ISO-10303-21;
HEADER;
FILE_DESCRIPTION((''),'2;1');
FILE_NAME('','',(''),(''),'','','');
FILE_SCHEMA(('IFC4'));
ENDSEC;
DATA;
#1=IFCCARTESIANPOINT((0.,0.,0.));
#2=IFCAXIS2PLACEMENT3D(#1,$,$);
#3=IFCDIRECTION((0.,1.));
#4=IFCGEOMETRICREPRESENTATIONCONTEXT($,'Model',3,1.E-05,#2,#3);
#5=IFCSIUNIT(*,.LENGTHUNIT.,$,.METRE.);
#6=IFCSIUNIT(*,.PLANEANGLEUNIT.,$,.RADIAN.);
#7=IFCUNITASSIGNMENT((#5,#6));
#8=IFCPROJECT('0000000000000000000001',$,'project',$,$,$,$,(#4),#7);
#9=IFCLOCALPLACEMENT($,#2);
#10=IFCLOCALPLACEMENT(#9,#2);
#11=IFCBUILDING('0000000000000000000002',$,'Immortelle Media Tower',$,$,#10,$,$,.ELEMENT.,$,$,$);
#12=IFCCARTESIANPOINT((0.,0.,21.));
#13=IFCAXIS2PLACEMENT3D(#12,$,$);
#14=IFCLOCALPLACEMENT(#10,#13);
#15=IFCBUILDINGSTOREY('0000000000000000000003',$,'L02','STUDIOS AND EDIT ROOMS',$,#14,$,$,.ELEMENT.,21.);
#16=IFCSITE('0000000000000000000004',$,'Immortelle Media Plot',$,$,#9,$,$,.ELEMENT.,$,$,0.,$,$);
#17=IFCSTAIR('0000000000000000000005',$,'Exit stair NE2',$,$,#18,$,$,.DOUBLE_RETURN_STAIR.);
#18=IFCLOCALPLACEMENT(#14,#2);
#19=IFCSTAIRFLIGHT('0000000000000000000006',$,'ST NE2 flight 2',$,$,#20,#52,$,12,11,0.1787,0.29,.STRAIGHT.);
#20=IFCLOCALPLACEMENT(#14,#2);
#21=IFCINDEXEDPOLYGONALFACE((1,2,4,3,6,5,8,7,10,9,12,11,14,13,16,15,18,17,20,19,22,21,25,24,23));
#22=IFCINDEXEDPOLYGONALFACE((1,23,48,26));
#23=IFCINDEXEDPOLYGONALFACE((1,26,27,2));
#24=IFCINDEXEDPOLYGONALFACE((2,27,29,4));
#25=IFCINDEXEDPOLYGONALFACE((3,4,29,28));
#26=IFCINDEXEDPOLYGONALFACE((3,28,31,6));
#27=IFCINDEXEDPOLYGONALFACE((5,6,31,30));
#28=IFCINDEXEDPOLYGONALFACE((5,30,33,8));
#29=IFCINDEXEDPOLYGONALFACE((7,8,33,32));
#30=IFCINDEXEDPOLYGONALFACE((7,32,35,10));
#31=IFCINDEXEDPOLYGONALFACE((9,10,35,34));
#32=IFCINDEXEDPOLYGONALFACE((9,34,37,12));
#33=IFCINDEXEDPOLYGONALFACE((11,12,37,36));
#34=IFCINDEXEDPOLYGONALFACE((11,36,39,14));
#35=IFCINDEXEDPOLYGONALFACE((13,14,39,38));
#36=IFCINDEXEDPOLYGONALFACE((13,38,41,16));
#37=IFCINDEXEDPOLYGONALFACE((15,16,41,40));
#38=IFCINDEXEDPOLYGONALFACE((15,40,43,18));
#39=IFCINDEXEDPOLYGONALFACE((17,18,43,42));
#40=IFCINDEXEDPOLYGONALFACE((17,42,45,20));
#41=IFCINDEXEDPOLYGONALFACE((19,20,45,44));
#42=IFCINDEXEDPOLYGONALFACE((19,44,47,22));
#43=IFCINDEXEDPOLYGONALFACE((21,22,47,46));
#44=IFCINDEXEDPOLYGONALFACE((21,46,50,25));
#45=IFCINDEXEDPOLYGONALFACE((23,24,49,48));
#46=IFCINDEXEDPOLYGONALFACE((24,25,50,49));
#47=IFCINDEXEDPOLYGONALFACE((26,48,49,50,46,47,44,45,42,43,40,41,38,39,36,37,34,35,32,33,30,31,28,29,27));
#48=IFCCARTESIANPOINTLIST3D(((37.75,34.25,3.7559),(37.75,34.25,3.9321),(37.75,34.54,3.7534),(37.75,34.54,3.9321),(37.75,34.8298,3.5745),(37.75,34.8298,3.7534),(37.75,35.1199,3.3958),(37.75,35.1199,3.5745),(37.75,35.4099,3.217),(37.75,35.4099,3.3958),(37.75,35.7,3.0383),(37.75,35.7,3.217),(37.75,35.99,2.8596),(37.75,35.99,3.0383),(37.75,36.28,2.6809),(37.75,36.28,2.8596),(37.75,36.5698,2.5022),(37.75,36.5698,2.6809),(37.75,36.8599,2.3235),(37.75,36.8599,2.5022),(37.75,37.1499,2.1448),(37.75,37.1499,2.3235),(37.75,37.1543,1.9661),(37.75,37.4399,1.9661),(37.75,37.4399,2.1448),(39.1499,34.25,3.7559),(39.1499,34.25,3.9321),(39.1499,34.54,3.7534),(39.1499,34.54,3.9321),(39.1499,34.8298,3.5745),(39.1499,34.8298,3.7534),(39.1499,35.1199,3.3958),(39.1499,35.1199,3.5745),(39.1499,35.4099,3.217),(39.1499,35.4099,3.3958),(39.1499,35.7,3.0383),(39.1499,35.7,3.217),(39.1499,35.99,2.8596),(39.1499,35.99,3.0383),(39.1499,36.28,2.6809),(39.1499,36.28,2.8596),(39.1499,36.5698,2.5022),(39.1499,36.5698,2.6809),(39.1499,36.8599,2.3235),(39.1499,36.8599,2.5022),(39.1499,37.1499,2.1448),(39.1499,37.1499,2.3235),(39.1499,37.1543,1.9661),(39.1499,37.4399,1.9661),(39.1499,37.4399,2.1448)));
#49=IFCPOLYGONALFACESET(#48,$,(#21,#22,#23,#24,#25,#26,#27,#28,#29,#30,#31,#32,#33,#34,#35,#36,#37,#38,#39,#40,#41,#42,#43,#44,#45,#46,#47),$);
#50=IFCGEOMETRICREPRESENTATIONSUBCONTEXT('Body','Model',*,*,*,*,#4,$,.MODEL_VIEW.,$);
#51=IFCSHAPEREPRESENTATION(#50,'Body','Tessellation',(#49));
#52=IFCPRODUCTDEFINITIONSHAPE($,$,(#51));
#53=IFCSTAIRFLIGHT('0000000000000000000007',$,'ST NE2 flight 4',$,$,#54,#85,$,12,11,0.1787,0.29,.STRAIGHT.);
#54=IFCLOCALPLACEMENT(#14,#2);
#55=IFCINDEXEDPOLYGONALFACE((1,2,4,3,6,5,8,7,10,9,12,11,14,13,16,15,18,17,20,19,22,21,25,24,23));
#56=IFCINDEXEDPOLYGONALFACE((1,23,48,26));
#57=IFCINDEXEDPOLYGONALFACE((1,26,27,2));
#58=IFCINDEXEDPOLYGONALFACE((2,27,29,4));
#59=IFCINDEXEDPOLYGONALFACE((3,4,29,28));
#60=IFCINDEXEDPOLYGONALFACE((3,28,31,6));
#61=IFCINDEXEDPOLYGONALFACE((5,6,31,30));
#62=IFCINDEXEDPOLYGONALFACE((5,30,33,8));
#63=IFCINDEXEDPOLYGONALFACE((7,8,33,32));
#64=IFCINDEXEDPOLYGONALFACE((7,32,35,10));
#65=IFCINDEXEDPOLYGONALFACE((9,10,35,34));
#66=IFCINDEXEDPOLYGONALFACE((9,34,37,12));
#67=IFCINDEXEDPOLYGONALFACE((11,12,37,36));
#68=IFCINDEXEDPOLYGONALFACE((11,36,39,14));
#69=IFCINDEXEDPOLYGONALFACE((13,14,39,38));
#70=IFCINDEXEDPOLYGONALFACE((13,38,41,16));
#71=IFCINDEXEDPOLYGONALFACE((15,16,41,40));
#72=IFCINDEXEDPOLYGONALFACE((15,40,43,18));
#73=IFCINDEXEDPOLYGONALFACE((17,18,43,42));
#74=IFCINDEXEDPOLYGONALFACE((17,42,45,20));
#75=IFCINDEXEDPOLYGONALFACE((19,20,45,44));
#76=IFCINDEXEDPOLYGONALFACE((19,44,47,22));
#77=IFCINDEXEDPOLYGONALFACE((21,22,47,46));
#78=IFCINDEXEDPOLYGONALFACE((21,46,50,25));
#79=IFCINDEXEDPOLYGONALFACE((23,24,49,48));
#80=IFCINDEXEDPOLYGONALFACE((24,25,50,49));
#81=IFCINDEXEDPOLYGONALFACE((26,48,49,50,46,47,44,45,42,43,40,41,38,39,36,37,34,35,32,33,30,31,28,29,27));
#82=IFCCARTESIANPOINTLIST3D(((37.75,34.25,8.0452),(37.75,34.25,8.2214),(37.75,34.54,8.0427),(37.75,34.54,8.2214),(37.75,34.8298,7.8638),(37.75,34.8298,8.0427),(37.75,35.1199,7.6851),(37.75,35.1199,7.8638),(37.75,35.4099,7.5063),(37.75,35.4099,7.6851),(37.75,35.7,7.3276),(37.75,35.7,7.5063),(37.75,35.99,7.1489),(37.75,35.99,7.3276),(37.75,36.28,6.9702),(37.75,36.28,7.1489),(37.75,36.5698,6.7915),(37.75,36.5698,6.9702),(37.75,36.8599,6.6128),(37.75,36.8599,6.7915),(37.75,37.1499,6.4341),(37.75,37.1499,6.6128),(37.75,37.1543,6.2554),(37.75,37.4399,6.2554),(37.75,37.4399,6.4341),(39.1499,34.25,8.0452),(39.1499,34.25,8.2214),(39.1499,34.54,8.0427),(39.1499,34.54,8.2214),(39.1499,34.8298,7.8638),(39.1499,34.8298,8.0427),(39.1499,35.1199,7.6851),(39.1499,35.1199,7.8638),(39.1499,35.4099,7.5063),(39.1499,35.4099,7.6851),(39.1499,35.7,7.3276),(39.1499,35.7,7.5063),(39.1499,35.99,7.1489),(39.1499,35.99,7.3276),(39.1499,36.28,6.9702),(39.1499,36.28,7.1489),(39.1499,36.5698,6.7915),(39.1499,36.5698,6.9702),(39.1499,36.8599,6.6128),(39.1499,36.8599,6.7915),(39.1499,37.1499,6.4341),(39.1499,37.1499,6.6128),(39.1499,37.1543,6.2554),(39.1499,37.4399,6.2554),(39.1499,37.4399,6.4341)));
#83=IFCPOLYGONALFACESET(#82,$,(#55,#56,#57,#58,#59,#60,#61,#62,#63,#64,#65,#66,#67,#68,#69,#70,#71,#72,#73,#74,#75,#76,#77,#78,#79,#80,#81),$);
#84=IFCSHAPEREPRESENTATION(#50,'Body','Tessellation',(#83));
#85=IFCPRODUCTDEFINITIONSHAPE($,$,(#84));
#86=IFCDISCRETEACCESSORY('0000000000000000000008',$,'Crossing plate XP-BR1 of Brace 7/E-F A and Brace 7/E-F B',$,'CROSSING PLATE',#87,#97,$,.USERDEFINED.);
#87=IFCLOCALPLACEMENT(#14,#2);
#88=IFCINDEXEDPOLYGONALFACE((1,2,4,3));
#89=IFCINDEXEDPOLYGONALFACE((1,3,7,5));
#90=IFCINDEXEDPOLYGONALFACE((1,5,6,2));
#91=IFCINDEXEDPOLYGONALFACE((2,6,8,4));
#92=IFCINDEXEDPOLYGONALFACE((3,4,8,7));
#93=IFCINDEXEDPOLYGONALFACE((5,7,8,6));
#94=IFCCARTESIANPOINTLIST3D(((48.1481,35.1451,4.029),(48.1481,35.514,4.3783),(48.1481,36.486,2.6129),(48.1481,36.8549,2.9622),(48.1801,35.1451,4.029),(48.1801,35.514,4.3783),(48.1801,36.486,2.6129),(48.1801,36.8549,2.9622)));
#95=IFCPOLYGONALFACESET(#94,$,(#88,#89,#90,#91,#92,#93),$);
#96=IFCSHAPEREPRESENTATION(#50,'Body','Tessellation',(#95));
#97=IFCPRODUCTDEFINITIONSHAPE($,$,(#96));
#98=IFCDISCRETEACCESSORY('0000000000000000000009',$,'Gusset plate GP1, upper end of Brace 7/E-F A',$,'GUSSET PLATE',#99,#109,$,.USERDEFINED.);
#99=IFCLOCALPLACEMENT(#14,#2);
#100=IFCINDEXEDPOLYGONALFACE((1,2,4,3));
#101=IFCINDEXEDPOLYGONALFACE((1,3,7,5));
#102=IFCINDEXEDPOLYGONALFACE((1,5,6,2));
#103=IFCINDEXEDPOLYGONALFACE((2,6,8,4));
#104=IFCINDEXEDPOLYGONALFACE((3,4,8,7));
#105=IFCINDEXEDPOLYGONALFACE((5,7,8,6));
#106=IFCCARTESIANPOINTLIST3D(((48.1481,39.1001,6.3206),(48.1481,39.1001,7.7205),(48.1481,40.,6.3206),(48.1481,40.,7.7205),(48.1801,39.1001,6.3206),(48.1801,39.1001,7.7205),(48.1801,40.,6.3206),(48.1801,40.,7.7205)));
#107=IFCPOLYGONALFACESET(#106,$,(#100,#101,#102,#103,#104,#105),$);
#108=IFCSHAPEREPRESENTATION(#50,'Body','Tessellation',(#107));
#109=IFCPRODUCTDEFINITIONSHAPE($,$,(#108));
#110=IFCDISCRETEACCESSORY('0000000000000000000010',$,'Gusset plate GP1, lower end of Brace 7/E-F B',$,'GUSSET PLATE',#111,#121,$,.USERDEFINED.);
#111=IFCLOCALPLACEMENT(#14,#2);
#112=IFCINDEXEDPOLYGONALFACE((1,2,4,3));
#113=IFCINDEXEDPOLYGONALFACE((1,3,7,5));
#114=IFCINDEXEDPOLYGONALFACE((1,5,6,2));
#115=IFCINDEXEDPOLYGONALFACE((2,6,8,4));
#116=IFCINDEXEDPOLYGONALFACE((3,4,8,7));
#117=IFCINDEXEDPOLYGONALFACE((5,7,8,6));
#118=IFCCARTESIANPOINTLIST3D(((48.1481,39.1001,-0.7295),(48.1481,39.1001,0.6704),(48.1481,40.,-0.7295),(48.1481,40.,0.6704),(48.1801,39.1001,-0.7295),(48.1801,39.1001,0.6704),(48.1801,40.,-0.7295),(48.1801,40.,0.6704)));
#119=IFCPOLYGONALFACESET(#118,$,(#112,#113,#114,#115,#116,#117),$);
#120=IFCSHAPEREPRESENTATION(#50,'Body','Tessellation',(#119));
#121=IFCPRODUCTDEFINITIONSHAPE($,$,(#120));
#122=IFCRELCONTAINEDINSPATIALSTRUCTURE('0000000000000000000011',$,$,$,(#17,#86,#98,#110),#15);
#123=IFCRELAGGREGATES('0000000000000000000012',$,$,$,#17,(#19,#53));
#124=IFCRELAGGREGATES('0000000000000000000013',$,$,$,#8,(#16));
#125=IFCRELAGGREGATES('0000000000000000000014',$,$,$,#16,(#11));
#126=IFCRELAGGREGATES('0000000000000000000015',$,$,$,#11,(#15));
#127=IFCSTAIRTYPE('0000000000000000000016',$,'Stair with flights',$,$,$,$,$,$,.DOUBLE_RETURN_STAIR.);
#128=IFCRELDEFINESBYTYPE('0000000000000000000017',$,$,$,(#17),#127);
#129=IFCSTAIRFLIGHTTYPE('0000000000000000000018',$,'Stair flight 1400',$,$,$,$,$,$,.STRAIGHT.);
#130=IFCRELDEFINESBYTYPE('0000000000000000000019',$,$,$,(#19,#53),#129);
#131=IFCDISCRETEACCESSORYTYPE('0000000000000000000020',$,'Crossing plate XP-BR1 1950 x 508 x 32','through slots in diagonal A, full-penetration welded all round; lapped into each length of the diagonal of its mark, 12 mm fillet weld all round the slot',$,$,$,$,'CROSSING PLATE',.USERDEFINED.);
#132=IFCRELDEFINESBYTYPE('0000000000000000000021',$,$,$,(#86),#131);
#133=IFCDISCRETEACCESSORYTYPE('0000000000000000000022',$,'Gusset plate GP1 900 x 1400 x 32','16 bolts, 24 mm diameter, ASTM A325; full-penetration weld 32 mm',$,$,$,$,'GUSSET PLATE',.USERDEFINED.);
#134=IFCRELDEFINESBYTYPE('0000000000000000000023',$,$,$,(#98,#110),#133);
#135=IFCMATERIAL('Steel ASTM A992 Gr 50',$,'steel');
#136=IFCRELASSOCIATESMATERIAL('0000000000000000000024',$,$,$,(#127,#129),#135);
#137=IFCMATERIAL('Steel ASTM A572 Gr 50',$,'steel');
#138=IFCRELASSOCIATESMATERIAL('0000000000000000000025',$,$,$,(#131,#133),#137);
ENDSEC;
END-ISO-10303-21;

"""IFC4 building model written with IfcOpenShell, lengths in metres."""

from ifc_helpers import new_model, si_unit, direction, frame, origin, origin_2d, place, context, subcontext, project, spatial, polyline, rectangle, outline, extrude, material, material_profile, profile_set, type_object, element, aggregate, save


model = new_model("IFC4")

# Units and contexts
model_context = context("Model", 3, precision=1e-05, world=origin(), true_north=direction((0.0, 1.0)))
body_context = subcontext(model_context, "Body", "Model", "MODEL_VIEW")
ifc_project = project(units=[si_unit("LENGTHUNIT", "METRE"), si_unit("PLANEANGLEUNIT", "RADIAN")], contexts=[model_context])

# Site, building, storey
site_placement = place(None, origin())
site = spatial("IfcSite", under=ifc_project, at=site_placement, Name="Immortelle Media Plot", CompositionType="ELEMENT", RefElevation=0.0)
building_placement = place(site_placement, origin())
building = spatial("IfcBuilding", under=site, at=building_placement, Name="Immortelle Media Tower", CompositionType="ELEMENT")
storey_placement = place(building_placement, frame((0.0, 0.0, 21.0)))
storey = spatial("IfcBuildingStorey", under=building, at=storey_placement, Name="L02", Description="STUDIOS AND EDIT ROOMS", CompositionType="ELEMENT", Elevation=21.0)

# Shared definitions
ifc_material_1 = material(Name="Steel ASTM A992 Gr 50", Category="steel")

# Stair, stair flights
stair_type = type_object("IfcStairType", Name="Stair with flights", PredefinedType="DOUBLE_RETURN_STAIR", material=ifc_material_1)
stair_flight_type = type_object("IfcStairFlightType", Name="Stair flight 1400", PredefinedType="STRAIGHT", material=ifc_material_1)
stair_1_placement = place(storey_placement, origin())
stair_1 = element("IfcStair", 1, at=stair_1_placement, inside=storey, type_object=stair_type, Name="Exit stair NE2", PredefinedType="DOUBLE_RETURN_STAIR")
stair_flight_1_placement = place(storey_placement, frame((38.45, 37.4399, 1.9661), z_axis=(0.0, 0.0, 1.0), x_axis=(0.0, -1.0, 0.0)))
stair_flight_1 = element("IfcStairFlight", 2, at=stair_flight_1_placement, type_object=stair_flight_type, Name="ST NE2 flight 2", NumberOfRisers=12, NumberOfTreads=11, PredefinedType="STRAIGHT", RiserHeight=0.1787, TreadLength=0.29, context=body_context, shape_type="SweptSolid", body=[
    extrude(outline(polyline([(0.0, 0.0), (0.0, 0.1787), (0.29, 0.1787), (0.29, 0.3574), (0.5801, 0.3574), (0.5801, 0.5361), (0.8701, 0.5361), (0.8701, 0.7148), (1.1599, 0.7148), (1.1599, 0.8936), (1.45, 0.8936), (1.45, 1.0723), (1.74, 1.0723), (1.74, 1.251), (2.03, 1.251), (2.03, 1.4297), (2.3201, 1.4297), (2.3201, 1.6084), (2.6101, 1.6084), (2.6101, 1.7874), (2.8999, 1.7874), (2.8999, 1.9661), (3.1899, 1.9661), (3.1899, 2.1448), (3.1899, 1.7898), (0.2856, 0.0), (0.0, 0.0)])), frame((0.0, 0.7, 0.0), z_axis=(0.0, -1.0, 0.0), x_axis=(1.0, 0.0, 0.0)), (0.0, 0.0, 1.0), 1.3999),
])
stair_flight_2_placement = place(storey_placement, frame((38.45, 37.4399, 6.2554), z_axis=(0.0, 0.0, 1.0), x_axis=(0.0, -1.0, 0.0)))
stair_flight_2 = element("IfcStairFlight", 3, at=stair_flight_2_placement, type_object=stair_flight_type, Name="ST NE2 flight 4", NumberOfRisers=12, NumberOfTreads=11, PredefinedType="STRAIGHT", RiserHeight=0.1787, TreadLength=0.29, context=body_context, shape_type="SweptSolid", body=[
    extrude(outline(polyline([(0.0, 0.0), (0.0, 0.1787), (0.29, 0.1787), (0.29, 0.3574), (0.5801, 0.3574), (0.5801, 0.5361), (0.8701, 0.5361), (0.8701, 0.7148), (1.1599, 0.7148), (1.1599, 0.8936), (1.45, 0.8936), (1.45, 1.0723), (1.74, 1.0723), (1.74, 1.251), (2.03, 1.251), (2.03, 1.4297), (2.3201, 1.4297), (2.3201, 1.6084), (2.6101, 1.6084), (2.6101, 1.7874), (2.8999, 1.7874), (2.8999, 1.9661), (3.1899, 1.9661), (3.1899, 2.1448), (3.1899, 1.7898), (0.2856, 0.0), (0.0, 0.0)])), frame((0.0, 0.7, 0.0), z_axis=(0.0, -1.0, 0.0), x_axis=(1.0, 0.0, 0.0)), (0.0, 0.0, 1.0), 1.3999),
])
aggregate(stair_1, [stair_flight_1, stair_flight_2])

# Discrete accessories
ifc_material_2 = material(Name="Steel ASTM A572 Gr 50", Category="steel")
ifc_material_profile_1 = material_profile(ifc_material_2, rectangle(XDim=0.032, YDim=0.5081, at=origin_2d()), Name="PL 32 x 508")
ifc_profile_set_1 = profile_set([ifc_material_profile_1], Name="Steel ASTM A572 Gr 50")
discrete_accessory_type_1 = type_object("IfcDiscreteAccessoryType", Name="Crossing plate XP-BR1 1950 x 508 x 32", Description="through slots in diagonal A, full-penetration welded all round; lapped into each length of the diagonal of its mark, 12 mm fillet weld all round the slot", ElementType="CROSSING PLATE", PredefinedType="USERDEFINED", material=ifc_profile_set_1)
discrete_accessory_placement = place(storey_placement, frame((48.1641, 35.3296, 4.2036), z_axis=(0.0, 0.687564, -0.726124), x_axis=(-1.0, 0.0, 0.0)))
element("IfcDiscreteAccessory", 4, at=discrete_accessory_placement, inside=storey, type_object=discrete_accessory_type_1, Name="Crossing plate XP-BR1 of Brace 7/E-F A and Brace 7/E-F B", ObjectType="CROSSING PLATE", PredefinedType="USERDEFINED", context=body_context, shape_type="SweptSolid", body=[
    extrude(rectangle(XDim=0.032, YDim=0.5081, at=origin_2d()), origin(), (0.0, 0.0, 1.0), 1.9502),
])
ifc_material_profile_2 = material_profile(ifc_material_2, rectangle(XDim=0.032, YDim=1.3999, at=origin_2d()), Name="PL 32 x 1400")
ifc_profile_set_2 = profile_set([ifc_material_profile_2], Name="Steel ASTM A572 Gr 50")
discrete_accessory_type_2 = type_object("IfcDiscreteAccessoryType", Name="Gusset plate GP1 900 x 1400 x 32", Description="16 bolts, 24 mm diameter, ASTM A325; full-penetration weld 32 mm", ElementType="GUSSET PLATE", PredefinedType="USERDEFINED", material=ifc_profile_set_2)
for number, where, z_axis, x_axis, name in (
    (5, (48.1641, 40.0, 7.0205), (0.0, -1.0, 0.0), (1.0, 0.0, 0.0), "Gusset plate GP1, upper end of Brace 7/E-F A"),
    (6, (48.1641, 40.0, -0.0295), (0.0, -1.0, 0.0), (1.0, 0.0, 0.0), "Gusset plate GP1, lower end of Brace 7/E-F B"),
):
    element("IfcDiscreteAccessory", number, at=place(storey_placement, frame(where, z_axis=z_axis, x_axis=x_axis)), inside=storey, type_object=discrete_accessory_type_2, Name=name, ObjectType="GUSSET PLATE", PredefinedType="USERDEFINED", context=body_context, shape_type="SweptSolid", body=[
        extrude(rectangle(XDim=0.032, YDim=1.3999, at=origin_2d()), origin(), (0.0, 0.0, 1.0), 0.8999),
    ])

save(model, "model.ifc")
